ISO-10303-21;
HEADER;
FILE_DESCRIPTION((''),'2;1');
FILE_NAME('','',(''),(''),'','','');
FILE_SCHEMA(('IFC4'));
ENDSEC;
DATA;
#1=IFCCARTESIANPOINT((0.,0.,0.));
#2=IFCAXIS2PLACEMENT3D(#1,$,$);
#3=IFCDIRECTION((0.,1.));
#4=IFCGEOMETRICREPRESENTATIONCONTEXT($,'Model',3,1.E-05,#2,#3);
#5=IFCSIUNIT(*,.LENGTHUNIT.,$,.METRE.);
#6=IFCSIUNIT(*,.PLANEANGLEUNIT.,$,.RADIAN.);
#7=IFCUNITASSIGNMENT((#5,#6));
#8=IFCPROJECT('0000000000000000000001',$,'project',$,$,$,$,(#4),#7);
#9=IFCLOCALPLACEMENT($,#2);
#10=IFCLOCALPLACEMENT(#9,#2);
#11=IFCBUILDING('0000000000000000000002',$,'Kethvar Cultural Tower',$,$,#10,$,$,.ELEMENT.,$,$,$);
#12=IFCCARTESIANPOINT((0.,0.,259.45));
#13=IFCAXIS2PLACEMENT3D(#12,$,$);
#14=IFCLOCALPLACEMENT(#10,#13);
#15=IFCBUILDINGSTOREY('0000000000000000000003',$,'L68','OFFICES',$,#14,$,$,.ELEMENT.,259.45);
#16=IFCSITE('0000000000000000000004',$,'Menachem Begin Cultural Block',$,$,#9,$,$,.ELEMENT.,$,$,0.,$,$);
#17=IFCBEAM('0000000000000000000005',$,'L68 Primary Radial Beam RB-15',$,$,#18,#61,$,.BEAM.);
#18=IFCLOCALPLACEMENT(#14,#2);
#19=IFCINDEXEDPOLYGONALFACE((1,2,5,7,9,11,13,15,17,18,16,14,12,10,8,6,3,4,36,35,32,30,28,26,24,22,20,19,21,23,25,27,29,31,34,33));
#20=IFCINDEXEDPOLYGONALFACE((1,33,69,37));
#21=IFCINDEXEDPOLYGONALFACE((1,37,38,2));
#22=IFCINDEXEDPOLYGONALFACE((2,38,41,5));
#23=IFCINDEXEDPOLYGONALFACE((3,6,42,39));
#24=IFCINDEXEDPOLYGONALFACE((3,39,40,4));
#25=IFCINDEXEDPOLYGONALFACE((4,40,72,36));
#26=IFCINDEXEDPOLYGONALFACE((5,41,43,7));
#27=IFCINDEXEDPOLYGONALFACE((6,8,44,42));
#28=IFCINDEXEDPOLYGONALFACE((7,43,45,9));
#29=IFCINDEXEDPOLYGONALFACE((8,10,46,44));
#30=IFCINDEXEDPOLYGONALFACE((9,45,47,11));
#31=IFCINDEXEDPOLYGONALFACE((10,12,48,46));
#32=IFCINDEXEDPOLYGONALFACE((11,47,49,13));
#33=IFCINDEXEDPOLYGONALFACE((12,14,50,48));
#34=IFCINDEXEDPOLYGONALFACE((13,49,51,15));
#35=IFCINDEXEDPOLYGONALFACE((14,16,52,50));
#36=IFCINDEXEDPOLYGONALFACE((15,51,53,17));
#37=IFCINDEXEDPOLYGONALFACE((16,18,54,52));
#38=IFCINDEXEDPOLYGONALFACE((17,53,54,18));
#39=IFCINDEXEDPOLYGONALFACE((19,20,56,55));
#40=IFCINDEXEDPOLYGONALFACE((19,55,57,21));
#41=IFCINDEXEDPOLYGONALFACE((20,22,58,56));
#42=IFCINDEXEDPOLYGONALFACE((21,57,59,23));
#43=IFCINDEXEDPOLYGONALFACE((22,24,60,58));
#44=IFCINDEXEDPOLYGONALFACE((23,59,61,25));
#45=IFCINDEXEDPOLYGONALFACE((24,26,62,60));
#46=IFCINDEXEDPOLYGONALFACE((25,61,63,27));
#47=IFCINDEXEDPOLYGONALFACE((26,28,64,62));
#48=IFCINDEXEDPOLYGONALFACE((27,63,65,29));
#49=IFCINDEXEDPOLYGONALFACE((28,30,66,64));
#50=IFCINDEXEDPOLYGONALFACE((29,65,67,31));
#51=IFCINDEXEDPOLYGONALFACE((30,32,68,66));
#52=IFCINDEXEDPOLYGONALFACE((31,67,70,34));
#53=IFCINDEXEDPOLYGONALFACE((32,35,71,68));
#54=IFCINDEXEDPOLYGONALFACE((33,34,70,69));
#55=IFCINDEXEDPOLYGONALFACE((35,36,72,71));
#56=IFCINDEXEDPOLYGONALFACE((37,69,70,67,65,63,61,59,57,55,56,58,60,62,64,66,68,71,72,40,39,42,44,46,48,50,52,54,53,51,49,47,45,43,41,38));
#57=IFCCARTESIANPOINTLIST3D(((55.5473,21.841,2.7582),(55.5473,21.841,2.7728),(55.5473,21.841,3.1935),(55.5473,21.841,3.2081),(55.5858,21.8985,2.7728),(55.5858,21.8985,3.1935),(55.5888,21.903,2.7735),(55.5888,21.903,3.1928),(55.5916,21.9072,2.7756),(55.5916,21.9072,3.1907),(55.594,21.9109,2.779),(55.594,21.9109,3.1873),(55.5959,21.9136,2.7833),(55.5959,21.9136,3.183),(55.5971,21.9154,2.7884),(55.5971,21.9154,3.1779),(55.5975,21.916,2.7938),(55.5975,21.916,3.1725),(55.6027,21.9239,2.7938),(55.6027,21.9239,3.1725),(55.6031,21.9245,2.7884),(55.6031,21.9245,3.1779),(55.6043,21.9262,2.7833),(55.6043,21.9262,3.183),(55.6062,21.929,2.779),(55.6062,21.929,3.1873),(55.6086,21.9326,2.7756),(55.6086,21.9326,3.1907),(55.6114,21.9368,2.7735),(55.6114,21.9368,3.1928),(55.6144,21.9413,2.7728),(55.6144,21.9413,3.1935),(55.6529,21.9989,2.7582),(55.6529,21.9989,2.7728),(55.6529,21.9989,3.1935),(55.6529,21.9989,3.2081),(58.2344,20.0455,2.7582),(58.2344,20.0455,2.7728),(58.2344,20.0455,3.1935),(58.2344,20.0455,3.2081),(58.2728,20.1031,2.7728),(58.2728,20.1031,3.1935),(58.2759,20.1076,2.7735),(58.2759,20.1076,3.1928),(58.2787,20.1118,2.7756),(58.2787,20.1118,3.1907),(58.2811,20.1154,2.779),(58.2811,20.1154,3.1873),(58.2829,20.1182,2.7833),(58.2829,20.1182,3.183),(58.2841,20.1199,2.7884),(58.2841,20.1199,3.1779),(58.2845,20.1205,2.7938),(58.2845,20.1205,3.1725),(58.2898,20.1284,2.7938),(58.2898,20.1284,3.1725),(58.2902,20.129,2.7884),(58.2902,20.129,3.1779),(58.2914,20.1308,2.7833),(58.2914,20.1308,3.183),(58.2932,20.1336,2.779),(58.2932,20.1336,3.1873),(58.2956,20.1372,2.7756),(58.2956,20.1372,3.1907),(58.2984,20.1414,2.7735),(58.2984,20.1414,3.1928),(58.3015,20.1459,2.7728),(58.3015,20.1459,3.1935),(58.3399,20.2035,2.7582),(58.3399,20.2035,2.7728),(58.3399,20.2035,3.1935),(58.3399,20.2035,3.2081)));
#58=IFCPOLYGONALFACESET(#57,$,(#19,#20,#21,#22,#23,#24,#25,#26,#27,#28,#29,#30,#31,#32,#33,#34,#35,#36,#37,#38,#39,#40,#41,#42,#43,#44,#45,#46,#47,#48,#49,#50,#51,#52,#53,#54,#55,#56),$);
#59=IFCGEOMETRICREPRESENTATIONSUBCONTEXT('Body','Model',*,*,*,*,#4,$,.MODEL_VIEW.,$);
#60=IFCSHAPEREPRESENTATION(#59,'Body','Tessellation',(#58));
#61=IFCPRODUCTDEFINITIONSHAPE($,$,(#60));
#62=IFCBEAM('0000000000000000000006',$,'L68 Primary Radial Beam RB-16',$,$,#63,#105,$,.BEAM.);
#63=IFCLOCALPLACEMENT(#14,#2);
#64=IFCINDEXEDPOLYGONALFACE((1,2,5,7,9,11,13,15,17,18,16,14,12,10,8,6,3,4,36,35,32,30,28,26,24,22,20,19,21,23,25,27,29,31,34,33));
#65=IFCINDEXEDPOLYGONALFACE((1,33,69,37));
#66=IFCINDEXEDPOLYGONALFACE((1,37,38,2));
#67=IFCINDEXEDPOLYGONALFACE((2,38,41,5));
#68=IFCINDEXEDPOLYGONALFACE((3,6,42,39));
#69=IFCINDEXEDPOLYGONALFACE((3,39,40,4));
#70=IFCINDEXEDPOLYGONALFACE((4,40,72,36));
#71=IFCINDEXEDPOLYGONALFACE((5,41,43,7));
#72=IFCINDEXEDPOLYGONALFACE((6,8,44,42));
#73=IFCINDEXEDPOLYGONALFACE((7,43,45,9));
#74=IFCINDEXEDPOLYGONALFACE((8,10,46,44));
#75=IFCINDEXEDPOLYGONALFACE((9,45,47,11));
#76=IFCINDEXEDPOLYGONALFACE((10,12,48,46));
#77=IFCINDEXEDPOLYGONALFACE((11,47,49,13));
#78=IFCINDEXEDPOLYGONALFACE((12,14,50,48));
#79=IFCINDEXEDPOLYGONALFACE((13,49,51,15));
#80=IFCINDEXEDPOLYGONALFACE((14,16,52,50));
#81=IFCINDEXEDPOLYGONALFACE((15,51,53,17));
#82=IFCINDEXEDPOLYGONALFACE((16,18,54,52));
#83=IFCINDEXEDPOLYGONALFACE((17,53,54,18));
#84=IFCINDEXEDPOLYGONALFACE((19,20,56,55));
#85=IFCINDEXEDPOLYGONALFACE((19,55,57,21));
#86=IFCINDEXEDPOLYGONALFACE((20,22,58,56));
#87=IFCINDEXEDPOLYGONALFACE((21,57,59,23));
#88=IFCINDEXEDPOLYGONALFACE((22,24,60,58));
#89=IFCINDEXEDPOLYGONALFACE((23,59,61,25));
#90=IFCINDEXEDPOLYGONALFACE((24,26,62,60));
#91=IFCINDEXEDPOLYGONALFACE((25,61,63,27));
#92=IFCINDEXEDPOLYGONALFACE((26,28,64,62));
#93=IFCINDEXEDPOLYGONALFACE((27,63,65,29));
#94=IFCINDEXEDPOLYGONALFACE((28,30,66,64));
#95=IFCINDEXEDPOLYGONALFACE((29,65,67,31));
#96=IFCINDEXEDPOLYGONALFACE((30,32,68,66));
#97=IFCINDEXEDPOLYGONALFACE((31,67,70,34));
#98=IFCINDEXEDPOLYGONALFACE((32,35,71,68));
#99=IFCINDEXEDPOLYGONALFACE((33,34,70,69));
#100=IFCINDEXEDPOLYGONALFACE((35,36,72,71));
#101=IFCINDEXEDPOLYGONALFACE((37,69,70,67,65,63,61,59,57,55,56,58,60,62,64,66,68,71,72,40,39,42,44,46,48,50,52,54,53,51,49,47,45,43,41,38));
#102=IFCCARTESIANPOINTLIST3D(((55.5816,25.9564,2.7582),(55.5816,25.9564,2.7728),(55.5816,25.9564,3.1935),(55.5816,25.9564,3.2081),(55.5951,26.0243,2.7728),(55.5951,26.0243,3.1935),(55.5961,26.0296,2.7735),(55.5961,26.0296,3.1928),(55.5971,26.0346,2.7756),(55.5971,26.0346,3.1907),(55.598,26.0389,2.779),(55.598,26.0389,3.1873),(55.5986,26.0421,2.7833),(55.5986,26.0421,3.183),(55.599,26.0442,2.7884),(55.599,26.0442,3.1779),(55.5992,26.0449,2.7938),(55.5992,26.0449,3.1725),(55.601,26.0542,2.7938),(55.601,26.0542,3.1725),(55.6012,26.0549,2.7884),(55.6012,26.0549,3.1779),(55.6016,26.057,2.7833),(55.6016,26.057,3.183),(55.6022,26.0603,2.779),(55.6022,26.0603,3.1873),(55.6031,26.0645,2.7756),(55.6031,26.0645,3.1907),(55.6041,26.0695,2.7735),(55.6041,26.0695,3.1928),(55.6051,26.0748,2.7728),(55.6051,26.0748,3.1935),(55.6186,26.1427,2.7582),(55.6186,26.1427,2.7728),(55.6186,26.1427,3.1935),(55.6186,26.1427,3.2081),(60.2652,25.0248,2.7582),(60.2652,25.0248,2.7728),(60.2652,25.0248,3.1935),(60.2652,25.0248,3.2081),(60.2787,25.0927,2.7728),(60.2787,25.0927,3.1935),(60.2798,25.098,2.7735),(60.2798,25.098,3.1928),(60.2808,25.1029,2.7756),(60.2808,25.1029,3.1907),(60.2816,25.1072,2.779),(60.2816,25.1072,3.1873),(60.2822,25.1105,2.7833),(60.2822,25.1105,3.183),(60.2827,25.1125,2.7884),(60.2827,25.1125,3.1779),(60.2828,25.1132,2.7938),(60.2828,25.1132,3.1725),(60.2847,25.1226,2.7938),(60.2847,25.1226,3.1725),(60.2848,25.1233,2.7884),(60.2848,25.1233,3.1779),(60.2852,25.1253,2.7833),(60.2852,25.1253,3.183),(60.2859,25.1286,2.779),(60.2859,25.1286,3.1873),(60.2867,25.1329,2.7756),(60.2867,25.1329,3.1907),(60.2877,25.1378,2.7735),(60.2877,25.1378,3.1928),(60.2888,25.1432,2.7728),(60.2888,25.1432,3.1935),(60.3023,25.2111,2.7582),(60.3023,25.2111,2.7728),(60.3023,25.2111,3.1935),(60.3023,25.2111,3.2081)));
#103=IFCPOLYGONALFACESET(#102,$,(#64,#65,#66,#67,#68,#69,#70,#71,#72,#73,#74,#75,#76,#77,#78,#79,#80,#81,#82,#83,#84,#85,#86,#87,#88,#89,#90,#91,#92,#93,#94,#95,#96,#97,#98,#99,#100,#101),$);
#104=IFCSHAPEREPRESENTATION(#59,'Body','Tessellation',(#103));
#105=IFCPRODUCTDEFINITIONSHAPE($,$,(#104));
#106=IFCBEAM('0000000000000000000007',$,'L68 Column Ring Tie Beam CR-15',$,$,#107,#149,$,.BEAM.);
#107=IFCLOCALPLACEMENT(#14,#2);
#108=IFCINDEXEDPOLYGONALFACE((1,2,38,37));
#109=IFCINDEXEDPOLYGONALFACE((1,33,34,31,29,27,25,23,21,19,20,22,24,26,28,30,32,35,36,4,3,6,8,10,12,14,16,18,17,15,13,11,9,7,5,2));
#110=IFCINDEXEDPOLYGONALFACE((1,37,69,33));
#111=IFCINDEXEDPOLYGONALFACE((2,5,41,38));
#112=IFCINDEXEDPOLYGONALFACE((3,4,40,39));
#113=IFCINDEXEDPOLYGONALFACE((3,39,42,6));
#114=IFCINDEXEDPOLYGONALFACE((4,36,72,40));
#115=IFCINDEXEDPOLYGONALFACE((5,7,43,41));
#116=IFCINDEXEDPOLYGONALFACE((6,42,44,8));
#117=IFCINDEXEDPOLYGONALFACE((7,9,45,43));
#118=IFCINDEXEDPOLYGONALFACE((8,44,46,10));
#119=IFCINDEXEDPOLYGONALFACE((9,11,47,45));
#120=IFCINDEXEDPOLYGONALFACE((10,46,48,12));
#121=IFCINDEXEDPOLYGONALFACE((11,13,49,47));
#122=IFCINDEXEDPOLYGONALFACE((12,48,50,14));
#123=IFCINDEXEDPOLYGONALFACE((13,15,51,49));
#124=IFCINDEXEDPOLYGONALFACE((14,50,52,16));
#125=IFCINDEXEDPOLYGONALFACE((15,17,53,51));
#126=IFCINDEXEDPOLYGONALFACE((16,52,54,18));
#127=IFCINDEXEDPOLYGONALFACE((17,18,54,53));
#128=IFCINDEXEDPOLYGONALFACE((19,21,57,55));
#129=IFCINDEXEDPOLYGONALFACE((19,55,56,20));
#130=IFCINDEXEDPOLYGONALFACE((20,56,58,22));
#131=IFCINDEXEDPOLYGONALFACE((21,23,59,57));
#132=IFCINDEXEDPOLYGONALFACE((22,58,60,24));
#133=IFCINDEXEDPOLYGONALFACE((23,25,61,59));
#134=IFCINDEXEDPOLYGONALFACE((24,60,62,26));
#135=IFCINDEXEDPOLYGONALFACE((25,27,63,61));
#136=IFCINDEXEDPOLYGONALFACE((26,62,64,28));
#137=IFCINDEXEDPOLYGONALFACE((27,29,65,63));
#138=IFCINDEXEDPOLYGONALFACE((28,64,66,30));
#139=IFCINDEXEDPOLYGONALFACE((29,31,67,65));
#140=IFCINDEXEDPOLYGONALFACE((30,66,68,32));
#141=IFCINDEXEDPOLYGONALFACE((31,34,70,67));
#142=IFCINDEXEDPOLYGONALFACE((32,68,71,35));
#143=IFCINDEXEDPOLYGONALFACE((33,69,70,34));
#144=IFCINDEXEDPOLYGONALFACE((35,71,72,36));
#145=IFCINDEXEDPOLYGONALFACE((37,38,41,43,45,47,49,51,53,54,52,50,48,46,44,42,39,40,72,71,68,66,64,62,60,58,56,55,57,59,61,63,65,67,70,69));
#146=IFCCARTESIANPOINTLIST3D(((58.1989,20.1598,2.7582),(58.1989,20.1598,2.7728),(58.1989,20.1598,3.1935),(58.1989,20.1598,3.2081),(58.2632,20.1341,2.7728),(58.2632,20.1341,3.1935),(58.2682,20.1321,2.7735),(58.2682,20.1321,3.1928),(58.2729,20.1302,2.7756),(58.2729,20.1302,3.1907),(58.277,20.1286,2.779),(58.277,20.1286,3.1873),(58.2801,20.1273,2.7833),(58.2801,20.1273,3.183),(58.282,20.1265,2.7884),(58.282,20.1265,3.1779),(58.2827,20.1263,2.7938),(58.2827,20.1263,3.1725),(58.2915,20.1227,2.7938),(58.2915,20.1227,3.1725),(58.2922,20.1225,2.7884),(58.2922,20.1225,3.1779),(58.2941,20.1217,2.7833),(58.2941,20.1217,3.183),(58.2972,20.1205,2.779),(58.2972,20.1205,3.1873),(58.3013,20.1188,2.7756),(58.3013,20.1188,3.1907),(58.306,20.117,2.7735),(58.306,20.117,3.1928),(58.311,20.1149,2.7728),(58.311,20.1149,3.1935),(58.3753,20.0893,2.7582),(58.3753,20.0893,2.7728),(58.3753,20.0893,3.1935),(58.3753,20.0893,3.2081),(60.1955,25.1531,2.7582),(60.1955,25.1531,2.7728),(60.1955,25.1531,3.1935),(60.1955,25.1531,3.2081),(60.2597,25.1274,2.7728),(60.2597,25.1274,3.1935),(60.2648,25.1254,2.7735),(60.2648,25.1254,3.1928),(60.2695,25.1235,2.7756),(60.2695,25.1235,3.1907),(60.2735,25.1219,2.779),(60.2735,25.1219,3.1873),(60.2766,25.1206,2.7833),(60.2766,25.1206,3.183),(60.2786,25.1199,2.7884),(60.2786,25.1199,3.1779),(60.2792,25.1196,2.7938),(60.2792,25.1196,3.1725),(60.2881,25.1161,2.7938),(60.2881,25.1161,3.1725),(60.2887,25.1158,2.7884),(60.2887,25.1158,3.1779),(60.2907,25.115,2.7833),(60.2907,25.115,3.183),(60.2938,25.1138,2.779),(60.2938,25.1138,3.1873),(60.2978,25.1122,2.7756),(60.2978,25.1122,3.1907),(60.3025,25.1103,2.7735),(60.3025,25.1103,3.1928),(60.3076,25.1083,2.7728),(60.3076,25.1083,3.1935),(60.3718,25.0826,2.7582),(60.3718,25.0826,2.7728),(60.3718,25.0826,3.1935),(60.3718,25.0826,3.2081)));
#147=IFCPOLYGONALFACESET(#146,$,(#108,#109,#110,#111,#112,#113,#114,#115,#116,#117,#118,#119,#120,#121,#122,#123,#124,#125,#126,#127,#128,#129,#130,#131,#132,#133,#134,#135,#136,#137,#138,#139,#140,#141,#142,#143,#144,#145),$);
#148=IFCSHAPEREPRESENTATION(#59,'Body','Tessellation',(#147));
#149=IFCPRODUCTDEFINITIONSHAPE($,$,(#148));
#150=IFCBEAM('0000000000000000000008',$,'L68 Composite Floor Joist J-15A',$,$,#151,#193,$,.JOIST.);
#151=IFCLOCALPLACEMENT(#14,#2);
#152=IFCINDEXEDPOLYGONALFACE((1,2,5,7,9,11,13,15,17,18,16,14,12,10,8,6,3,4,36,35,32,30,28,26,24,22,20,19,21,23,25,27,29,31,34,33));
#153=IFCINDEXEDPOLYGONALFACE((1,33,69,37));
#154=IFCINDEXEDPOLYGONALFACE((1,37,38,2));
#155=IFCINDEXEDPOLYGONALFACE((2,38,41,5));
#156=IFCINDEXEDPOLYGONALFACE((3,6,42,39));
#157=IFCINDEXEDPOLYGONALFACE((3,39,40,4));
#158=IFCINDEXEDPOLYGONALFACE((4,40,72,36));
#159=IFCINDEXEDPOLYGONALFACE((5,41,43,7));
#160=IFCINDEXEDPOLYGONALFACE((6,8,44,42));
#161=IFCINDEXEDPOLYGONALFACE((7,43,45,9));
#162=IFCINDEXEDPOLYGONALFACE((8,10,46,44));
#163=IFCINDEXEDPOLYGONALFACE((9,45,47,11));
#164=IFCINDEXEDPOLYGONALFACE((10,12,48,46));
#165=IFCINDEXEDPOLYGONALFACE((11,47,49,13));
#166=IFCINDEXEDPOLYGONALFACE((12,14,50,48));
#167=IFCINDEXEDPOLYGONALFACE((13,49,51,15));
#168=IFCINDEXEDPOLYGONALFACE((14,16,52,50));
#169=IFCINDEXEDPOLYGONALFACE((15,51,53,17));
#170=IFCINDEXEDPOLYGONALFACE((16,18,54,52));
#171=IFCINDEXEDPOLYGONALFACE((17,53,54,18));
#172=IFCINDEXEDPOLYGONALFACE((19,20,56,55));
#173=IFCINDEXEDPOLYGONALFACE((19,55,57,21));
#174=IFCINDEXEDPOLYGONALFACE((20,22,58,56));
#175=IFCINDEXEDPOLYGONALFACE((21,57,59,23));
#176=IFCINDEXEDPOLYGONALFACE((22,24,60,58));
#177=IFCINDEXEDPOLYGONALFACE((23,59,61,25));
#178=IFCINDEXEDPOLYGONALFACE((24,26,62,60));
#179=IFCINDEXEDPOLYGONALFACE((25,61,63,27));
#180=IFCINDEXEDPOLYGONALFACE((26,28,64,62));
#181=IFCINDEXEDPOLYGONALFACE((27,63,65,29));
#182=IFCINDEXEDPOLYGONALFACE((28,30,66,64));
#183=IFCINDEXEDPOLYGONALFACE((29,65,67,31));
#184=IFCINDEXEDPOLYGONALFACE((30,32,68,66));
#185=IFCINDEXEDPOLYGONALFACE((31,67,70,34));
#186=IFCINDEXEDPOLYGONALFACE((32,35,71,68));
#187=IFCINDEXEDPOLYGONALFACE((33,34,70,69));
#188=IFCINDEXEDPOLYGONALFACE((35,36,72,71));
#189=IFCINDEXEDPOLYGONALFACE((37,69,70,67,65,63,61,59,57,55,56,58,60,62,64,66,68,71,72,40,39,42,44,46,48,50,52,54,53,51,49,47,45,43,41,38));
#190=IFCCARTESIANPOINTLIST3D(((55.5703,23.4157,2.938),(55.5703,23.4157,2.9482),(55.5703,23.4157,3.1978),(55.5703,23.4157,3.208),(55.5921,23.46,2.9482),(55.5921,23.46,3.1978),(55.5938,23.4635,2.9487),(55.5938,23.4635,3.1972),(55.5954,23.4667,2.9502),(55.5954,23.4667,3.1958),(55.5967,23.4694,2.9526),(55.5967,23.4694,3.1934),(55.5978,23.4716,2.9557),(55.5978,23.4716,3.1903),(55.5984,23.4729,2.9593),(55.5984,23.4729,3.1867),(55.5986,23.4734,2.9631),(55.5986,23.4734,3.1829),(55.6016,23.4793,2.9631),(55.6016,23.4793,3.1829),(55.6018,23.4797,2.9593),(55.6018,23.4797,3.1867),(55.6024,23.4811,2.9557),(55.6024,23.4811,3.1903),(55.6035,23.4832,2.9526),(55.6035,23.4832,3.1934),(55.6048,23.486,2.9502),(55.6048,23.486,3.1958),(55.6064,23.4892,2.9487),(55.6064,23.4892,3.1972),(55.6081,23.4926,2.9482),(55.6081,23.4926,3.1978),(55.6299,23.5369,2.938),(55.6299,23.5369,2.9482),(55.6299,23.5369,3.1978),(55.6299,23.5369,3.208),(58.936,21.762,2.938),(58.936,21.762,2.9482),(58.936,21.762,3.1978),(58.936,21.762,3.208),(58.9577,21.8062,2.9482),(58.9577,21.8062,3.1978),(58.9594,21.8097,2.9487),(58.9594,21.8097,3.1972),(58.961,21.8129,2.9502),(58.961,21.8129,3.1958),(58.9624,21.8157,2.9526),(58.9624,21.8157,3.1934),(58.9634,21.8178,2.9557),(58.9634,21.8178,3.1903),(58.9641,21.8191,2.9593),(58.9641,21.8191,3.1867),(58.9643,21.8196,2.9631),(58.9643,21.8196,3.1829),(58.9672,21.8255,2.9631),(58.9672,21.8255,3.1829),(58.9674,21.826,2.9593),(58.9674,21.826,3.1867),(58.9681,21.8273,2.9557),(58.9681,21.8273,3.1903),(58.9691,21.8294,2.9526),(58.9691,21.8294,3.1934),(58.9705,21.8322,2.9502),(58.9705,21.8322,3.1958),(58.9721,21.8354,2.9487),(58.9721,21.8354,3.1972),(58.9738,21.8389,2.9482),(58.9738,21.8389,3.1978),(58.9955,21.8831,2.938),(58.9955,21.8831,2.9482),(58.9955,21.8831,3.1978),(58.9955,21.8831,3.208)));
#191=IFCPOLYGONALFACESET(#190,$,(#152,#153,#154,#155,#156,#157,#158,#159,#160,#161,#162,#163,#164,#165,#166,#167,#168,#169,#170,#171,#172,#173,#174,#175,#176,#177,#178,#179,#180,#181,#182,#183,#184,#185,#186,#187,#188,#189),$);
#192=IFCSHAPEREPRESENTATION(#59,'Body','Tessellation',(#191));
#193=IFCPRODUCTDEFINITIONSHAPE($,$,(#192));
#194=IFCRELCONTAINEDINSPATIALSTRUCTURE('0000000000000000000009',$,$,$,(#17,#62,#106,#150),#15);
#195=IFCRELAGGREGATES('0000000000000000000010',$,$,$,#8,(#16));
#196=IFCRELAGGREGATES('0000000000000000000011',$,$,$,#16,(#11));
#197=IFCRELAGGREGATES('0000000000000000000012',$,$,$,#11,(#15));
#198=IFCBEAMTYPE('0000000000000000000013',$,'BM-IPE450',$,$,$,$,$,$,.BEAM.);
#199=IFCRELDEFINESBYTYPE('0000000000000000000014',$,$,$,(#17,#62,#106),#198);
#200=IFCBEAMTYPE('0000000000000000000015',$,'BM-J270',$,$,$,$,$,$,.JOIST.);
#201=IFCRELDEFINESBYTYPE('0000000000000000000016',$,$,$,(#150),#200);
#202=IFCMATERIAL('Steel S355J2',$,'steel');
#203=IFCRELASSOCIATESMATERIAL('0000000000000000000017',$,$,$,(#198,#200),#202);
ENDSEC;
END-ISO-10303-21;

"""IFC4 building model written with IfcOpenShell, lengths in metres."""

from ifc_helpers import new_model, si_unit, direction, frame, origin, origin_2d, place, context, subcontext, project, spatial, i_section, extrude, source, transform, mapped, material, material_profile, profile_set, type_object, element, save


model = new_model("IFC4")

# Units and contexts
model_context = context("Model", 3, precision=1e-05, world=origin(), true_north=direction((0.0, 1.0)))
body_context = subcontext(model_context, "Body", "Model", "MODEL_VIEW")
ifc_project = project(units=[si_unit("LENGTHUNIT", "METRE"), si_unit("PLANEANGLEUNIT", "RADIAN")], contexts=[model_context])

# Site, building, storey
site_placement = place(None, origin())
site = spatial("IfcSite", under=ifc_project, at=site_placement, Name="Menachem Begin Cultural Block", CompositionType="ELEMENT", RefElevation=0.0)
building_placement = place(site_placement, origin())
building = spatial("IfcBuilding", under=site, at=building_placement, Name="Kethvar Cultural Tower", CompositionType="ELEMENT")
storey_placement = place(building_placement, frame((0.0, 0.0, 259.45)))
storey = spatial("IfcBuildingStorey", under=building, at=storey_placement, Name="L68", Description="OFFICES", CompositionType="ELEMENT", Elevation=259.45)

# Beams
ifc_material_1 = material(Name="Steel S355J2", Category="steel")
ifc_material_profile_1 = material_profile(ifc_material_1, i_section(OverallWidth=0.1899, OverallDepth=0.45, WebThickness=0.0095, FlangeThickness=0.0146, FilletRadius=0.021, at=origin_2d()), Name="Steel S355J2 — IPE450")
ifc_profile_set_1 = profile_set([ifc_material_profile_1], Name="Steel S355J2 — IPE450")
beam_type_1 = type_object("IfcBeamType", Name="BM-IPE450", PredefinedType="BEAM", material=ifc_profile_set_1)
shared_shape_1 = source(origin(), body_context, "Body", "SweptSolid", [
    extrude(i_section(OverallWidth=0.1899, OverallDepth=0.45, WebThickness=0.0095, FlangeThickness=0.0146, FilletRadius=0.021, at=origin_2d()), origin(), (0.0, 0.0, 1.0), 3.2317),
])
beam_1_placement = place(storey_placement, frame((55.6001, 21.9199, 2.9832), z_axis=(0.831469, -0.555572, 0.0), x_axis=(0.555572, 0.831469, 0.0)))
element("IfcBeam", 1, at=beam_1_placement, inside=storey, type_object=beam_type_1, Name="L68 Primary Radial Beam RB-15", PredefinedType="BEAM", context=body_context, shape_type="MappedRepresentation", body=[
    mapped(shared_shape_1, transform((0.0, 0.0, 0.0), scale=1.0)),
])
shared_shape_2 = source(origin(), body_context, "Body", "SweptSolid", [
    extrude(i_section(OverallWidth=0.1899, OverallDepth=0.45, WebThickness=0.0095, FlangeThickness=0.0146, FilletRadius=0.021, at=origin_2d()), origin(), (0.0, 0.0, 1.0), 4.7754),
])
beam_2_placement = place(storey_placement, frame((55.6001, 26.0496, 2.9832), z_axis=(0.980785, -0.195094, 0.0), x_axis=(0.195094, 0.980785, 0.0)))
element("IfcBeam", 2, at=beam_2_placement, inside=storey, type_object=beam_type_1, Name="L68 Primary Radial Beam RB-16", PredefinedType="BEAM", context=body_context, shape_type="MappedRepresentation", body=[
    mapped(shared_shape_2, transform((0.0, 0.0, 0.0), scale=1.0)),
])
shared_shape_3 = source(origin(), body_context, "Body", "SweptSolid", [
    extrude(i_section(OverallWidth=0.1899, OverallDepth=0.45, WebThickness=0.0095, FlangeThickness=0.0146, FilletRadius=0.021, at=origin_2d()), origin(), (0.0, 0.0, 1.0), 5.3777),
])
beam_3_placement = place(storey_placement, frame((58.2871, 20.1245, 2.9832), z_axis=(0.371265, 0.928527, 0.0), x_axis=(-0.928527, 0.371265, 0.0)))
element("IfcBeam", 3, at=beam_3_placement, inside=storey, type_object=beam_type_1, Name="L68 Column Ring Tie Beam CR-15", PredefinedType="BEAM", context=body_context, shape_type="MappedRepresentation", body=[
    mapped(shared_shape_3, transform((0.0, 0.0, 0.0), scale=1.0)),
])
ifc_material_profile_2 = material_profile(ifc_material_1, i_section(OverallWidth=0.135, OverallDepth=0.27, WebThickness=0.0066, FlangeThickness=0.0103, FilletRadius=0.0149, at=origin_2d()), Name="Steel S355J2 — IPE270")
ifc_profile_set_2 = profile_set([ifc_material_profile_2], Name="Steel S355J2 — IPE270")
beam_type_2 = type_object("IfcBeamType", Name="BM-J270", PredefinedType="JOIST", material=ifc_profile_set_2)
shared_shape_4 = source(origin(), body_context, "Body", "SweptSolid", [
    extrude(i_section(OverallWidth=0.135, OverallDepth=0.27, WebThickness=0.0066, FlangeThickness=0.0103, FilletRadius=0.0149, at=origin_2d()), origin(), (0.0, 0.0, 1.0), 3.75),
])
beam_4_placement = place(storey_placement, frame((55.6001, 23.4763, 3.073), z_axis=(0.897505, -0.441005, 0.0), x_axis=(0.441005, 0.897505, 0.0)))
element("IfcBeam", 4, at=beam_4_placement, inside=storey, type_object=beam_type_2, Name="L68 Composite Floor Joist J-15A", PredefinedType="JOIST", context=body_context, shape_type="MappedRepresentation", body=[
    mapped(shared_shape_4, transform((0.0, 0.0, 0.0), scale=1.0)),
])

save(model, "model.ifc")
